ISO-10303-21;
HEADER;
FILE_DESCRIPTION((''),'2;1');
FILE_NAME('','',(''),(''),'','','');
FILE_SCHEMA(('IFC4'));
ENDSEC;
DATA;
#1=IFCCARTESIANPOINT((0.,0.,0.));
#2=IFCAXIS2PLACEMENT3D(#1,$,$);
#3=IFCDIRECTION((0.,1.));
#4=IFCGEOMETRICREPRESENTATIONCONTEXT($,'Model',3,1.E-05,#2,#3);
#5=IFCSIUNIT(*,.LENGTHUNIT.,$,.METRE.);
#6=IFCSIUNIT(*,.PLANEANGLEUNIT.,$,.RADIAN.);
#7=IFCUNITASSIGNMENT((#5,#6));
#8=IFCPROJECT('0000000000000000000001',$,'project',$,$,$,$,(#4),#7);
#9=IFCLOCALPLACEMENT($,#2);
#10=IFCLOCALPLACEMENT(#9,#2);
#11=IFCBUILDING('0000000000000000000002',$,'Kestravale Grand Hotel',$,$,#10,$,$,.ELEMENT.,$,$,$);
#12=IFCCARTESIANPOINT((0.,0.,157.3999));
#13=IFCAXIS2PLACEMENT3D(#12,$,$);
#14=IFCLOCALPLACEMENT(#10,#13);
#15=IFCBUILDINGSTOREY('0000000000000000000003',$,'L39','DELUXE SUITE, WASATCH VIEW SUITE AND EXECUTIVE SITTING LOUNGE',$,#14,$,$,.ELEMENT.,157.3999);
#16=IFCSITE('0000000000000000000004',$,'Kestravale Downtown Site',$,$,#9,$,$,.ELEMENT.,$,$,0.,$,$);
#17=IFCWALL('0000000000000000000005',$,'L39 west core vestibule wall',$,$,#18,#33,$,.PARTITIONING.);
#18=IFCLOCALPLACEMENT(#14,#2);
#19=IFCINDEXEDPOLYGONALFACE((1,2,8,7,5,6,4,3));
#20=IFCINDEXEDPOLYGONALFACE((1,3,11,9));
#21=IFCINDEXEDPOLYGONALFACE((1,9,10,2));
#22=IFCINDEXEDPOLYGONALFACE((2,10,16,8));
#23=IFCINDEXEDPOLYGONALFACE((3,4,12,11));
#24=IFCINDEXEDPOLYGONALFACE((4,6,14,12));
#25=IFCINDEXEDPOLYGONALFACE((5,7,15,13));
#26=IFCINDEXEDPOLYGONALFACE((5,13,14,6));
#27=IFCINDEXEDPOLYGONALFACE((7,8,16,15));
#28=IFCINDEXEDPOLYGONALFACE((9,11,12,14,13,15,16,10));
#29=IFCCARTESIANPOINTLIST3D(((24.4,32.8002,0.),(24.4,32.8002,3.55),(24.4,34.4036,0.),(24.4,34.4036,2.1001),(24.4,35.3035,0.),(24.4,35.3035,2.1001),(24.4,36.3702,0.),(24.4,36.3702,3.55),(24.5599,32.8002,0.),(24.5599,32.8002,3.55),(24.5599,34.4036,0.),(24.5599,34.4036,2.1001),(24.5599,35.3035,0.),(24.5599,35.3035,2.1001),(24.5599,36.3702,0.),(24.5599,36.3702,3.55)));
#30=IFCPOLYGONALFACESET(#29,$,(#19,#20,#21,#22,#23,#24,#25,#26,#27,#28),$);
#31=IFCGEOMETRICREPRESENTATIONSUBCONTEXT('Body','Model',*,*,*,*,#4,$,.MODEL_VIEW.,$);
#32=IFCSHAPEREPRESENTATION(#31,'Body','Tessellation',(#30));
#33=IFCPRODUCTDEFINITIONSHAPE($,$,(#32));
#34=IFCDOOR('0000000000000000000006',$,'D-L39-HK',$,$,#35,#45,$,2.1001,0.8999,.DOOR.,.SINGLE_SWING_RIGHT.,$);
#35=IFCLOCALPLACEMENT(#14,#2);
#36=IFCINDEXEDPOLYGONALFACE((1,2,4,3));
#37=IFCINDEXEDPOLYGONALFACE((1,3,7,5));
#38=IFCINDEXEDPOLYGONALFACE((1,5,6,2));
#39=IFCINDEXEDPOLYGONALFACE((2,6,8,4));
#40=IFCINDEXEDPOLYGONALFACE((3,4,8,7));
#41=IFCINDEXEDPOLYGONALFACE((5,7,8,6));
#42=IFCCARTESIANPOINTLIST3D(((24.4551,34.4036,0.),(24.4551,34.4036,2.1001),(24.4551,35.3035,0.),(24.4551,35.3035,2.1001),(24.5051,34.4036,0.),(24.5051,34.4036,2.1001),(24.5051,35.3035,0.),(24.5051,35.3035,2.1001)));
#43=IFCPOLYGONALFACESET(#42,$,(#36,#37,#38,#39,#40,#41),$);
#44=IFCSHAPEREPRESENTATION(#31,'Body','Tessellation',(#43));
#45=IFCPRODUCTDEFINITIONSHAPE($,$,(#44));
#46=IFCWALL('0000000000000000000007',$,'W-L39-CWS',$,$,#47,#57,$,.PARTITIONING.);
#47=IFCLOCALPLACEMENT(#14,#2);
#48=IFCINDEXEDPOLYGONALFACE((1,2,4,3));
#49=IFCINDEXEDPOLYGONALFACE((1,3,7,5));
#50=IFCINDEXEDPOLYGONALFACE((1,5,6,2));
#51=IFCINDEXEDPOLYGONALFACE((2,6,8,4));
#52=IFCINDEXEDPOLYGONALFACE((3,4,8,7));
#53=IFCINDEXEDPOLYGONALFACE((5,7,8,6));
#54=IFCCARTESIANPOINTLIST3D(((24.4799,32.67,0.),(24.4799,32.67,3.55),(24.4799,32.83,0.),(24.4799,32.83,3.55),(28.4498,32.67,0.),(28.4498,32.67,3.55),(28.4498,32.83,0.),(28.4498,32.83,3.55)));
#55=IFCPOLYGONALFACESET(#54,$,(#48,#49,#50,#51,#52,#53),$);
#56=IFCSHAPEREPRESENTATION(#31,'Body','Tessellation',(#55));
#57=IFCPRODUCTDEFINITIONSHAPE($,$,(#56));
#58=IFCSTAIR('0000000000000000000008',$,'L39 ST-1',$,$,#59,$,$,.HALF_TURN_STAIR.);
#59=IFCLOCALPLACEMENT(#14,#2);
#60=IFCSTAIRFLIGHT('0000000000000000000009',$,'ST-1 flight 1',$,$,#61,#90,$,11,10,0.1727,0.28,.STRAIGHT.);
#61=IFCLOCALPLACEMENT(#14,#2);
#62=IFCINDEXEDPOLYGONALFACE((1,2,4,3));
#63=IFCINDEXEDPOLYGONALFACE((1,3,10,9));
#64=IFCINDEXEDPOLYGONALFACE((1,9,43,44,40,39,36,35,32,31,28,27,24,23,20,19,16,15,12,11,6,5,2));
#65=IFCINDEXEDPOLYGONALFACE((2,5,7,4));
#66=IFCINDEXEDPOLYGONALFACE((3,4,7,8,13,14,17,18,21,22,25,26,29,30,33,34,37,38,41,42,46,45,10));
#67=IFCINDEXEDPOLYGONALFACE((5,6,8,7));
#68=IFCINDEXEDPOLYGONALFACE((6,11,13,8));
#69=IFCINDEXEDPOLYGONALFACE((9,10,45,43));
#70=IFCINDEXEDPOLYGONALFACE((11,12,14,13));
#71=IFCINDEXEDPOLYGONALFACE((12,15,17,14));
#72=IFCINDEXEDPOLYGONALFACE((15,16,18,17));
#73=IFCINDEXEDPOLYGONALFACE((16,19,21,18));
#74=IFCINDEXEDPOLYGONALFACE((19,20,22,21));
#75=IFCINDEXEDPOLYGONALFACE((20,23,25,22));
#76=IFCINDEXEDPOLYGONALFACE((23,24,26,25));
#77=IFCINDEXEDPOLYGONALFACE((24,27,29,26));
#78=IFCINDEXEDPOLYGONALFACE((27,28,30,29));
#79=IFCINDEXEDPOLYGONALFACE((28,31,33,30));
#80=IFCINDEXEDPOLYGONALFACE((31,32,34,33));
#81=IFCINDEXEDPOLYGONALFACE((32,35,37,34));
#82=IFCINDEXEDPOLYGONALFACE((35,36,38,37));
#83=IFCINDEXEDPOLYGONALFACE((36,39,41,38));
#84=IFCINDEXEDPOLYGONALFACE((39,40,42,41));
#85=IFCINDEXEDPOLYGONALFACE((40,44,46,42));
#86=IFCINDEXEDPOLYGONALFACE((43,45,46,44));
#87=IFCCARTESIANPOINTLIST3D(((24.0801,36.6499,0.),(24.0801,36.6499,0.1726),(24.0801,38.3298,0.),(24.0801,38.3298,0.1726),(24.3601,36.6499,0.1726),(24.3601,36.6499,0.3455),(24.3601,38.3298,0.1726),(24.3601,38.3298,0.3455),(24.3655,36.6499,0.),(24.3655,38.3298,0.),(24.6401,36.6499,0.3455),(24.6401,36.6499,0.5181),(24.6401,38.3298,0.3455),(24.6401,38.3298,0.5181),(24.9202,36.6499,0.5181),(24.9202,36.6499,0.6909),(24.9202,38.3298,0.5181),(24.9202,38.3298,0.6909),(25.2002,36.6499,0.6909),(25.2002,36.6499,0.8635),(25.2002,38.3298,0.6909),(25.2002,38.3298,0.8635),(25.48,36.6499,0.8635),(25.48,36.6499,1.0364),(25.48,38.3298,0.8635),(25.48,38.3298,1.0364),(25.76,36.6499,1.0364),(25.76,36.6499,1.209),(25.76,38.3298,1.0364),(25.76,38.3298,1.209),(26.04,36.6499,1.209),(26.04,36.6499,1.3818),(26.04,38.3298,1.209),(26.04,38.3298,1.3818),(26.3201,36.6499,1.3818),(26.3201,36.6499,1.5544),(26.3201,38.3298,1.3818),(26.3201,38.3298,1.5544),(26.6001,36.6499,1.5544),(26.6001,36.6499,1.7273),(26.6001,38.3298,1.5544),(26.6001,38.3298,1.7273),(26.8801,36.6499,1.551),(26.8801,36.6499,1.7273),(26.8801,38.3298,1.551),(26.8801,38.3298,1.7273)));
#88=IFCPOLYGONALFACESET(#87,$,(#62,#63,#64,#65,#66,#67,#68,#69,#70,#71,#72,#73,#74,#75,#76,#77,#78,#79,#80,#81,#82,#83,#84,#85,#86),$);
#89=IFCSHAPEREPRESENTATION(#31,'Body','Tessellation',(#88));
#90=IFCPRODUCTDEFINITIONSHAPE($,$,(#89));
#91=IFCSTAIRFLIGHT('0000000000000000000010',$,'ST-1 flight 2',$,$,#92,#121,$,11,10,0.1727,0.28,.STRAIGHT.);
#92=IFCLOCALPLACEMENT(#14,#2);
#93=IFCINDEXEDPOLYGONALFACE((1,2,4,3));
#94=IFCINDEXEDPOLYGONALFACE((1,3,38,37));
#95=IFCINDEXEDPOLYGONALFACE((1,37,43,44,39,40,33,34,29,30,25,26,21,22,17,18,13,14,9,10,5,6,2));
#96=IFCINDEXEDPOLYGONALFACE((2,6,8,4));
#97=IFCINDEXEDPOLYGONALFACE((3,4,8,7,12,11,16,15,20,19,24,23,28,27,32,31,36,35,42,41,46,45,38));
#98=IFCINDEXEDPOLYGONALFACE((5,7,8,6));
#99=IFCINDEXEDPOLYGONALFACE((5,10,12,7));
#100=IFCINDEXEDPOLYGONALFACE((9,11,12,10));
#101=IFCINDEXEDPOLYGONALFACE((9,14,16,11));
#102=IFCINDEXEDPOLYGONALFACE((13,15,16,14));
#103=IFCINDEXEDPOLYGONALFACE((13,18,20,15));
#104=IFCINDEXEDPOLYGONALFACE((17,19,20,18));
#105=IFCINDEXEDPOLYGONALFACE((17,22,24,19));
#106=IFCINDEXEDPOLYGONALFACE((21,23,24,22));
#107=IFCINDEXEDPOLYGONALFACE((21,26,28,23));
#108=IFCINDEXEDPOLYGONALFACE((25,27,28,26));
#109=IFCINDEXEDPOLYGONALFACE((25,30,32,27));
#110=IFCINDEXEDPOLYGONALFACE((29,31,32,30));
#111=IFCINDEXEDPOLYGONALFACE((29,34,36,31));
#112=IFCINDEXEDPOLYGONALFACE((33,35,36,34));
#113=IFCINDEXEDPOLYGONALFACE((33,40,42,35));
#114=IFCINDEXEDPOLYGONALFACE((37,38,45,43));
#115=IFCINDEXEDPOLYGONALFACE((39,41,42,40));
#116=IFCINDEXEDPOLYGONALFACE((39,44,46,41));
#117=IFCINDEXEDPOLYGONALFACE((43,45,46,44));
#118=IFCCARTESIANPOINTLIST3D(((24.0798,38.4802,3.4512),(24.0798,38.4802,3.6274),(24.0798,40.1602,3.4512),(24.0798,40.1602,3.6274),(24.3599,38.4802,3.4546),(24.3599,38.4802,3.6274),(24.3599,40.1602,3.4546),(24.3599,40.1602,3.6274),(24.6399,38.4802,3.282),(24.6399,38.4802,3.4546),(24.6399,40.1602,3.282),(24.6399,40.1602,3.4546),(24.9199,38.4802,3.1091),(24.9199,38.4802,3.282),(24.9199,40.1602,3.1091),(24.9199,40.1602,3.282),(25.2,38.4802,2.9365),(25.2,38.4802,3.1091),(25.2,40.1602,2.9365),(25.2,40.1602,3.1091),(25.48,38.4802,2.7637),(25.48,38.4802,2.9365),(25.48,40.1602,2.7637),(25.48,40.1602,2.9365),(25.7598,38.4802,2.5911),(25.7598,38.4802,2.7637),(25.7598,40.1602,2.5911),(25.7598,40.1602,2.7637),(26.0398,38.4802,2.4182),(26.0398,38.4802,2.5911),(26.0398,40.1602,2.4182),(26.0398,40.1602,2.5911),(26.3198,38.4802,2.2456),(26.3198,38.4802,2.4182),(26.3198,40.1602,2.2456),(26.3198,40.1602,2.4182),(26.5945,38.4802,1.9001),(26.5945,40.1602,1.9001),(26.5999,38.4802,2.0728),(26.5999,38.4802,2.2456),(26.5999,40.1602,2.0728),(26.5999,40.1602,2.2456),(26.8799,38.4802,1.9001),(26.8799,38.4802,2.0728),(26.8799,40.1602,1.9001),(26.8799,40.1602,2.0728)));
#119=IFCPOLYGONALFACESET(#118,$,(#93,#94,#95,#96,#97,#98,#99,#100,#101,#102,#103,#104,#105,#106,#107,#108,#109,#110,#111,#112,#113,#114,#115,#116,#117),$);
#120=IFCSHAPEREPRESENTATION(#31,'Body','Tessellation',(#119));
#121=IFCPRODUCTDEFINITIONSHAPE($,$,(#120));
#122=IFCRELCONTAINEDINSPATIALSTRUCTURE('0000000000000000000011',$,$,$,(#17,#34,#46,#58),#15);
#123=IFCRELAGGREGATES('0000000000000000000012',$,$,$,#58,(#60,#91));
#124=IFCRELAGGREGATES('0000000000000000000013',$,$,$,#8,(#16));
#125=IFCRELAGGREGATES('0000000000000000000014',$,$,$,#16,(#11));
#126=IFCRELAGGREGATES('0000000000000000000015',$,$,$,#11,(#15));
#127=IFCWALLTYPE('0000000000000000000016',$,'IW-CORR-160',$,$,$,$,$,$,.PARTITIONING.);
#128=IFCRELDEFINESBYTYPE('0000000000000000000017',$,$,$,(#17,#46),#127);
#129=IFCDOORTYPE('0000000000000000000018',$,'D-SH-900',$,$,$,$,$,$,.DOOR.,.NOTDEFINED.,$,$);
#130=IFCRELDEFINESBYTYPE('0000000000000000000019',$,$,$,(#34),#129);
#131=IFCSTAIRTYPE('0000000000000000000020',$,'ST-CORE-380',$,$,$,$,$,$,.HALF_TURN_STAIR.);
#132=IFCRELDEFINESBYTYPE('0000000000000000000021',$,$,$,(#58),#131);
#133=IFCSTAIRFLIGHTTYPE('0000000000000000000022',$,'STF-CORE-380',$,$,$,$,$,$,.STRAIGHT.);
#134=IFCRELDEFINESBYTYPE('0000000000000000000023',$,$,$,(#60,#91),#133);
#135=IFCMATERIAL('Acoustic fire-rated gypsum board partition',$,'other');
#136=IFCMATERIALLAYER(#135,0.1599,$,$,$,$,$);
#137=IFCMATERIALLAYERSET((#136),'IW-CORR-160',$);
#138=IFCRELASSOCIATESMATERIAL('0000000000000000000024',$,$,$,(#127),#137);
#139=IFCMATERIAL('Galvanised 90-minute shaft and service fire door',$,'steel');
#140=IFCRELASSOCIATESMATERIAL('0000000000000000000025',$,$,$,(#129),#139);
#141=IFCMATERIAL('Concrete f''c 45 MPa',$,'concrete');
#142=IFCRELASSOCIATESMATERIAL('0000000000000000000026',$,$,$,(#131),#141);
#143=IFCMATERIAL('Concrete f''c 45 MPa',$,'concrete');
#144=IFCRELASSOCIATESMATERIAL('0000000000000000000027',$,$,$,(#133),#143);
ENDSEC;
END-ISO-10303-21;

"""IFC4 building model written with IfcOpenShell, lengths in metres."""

from ifc_helpers import new_model, si_unit, direction, frame, frame_2d, origin, place, context, subcontext, project, spatial, polyline, rectangle, outline, extrude, material, layer, layer_set, type_object, element, fill, aggregate, save


model = new_model("IFC4")

# Units and contexts
model_context = context("Model", 3, precision=1e-05, world=origin(), true_north=direction((0.0, 1.0)))
body_context = subcontext(model_context, "Body", "Model", "MODEL_VIEW")
ifc_project = project(units=[si_unit("LENGTHUNIT", "METRE"), si_unit("PLANEANGLEUNIT", "RADIAN")], contexts=[model_context])

# Site, building, storey
site_placement = place(None, origin())
site = spatial("IfcSite", under=ifc_project, at=site_placement, Name="Kestravale Downtown Site", CompositionType="ELEMENT", RefElevation=0.0)
building_placement = place(site_placement, origin())
building = spatial("IfcBuilding", under=site, at=building_placement, Name="Kestravale Grand Hotel", CompositionType="ELEMENT")
storey_placement = place(building_placement, frame((0.0, 0.0, 157.3999)))
storey = spatial("IfcBuildingStorey", under=building, at=storey_placement, Name="L39", Description="DELUXE SUITE, WASATCH VIEW SUITE AND EXECUTIVE SITTING LOUNGE", CompositionType="ELEMENT", Elevation=157.3999)

# Wall, opening, door
ifc_material_1 = material(Name="Acoustic fire-rated gypsum board partition", Category="other")
ifc_layer_1 = layer(ifc_material_1, 0.1599)
ifc_layer_set_1 = layer_set([ifc_layer_1], Name="IW-CORR-160")
wall_type_1 = type_object("IfcWallType", Name="IW-CORR-160", PredefinedType="PARTITIONING", material=ifc_layer_set_1)
wall_1_placement = place(storey_placement, frame((24.48, 32.8, 0.0), z_axis=(0.0, 0.0, 1.0), x_axis=(0.0, 1.0, 0.0)))
wall_1 = element("IfcWall", 1, at=wall_1_placement, inside=storey, type_object=wall_type_1, Name="L39 west core vestibule wall", PredefinedType="PARTITIONING", context=body_context, shape_type="SweptSolid", body=[
    extrude(rectangle(XDim=3.5701, YDim=0.1599, at=frame_2d((1.7852, 0.0))), origin(), (0.0, 0.0, 1.0), 3.55),
])
opening_1_placement = place(wall_1_placement, frame((1.6035, 0.0, 0.0)))
opening_1 = element("IfcOpeningElement", 2, at=opening_1_placement, cuts=wall_1, PredefinedType="OPENING", context=body_context, shape_type="SweptSolid", body=[
    extrude(rectangle(XDim=0.8999, YDim=2.1001, at=frame_2d((0.45, 1.05))), frame((0.0, 0.0898, 0.0), z_axis=(0.0, -1.0, 0.0), x_axis=(1.0, 0.0, 0.0)), (0.0, 0.0, 1.0), 0.1799),
])
ifc_material_2 = material(Name="Galvanised 90-minute shaft and service fire door", Category="steel")
door_type_1 = type_object("IfcDoorType", Name="D-SH-900", OperationType="NOTDEFINED", PredefinedType="DOOR", material=ifc_material_2)
door_1_placement = place(opening_1_placement, origin())
door_1 = element("IfcDoor", 3, at=door_1_placement, inside=storey, type_object=door_type_1, Name="D-L39-HK", OperationType="SINGLE_SWING_RIGHT", OverallHeight=2.1001, OverallWidth=0.8999, PredefinedType="DOOR", context=body_context, shape_type="SweptSolid", body=[
    extrude(rectangle(XDim=0.8999, YDim=2.1001, at=frame_2d((0.45, 1.05))), frame((0.0, 0.0249, 0.0), z_axis=(0.0, -1.0, 0.0), x_axis=(1.0, 0.0, 0.0)), (0.0, 0.0, 1.0), 0.05),
])
fill(opening_1, door_1)

# Wall
wall_2_placement = place(storey_placement, frame((24.48, 32.75, 0.0), z_axis=(0.0, 0.0, 1.0), x_axis=(1.0, 0.0, 0.0)))
element("IfcWall", 4, at=wall_2_placement, inside=storey, type_object=wall_type_1, Name="W-L39-CWS", PredefinedType="PARTITIONING", context=body_context, shape_type="SweptSolid", body=[
    extrude(rectangle(XDim=3.97, YDim=0.1599, at=frame_2d((1.9849, 0.0))), origin(), (0.0, 0.0, 1.0), 3.55),
])

# Stair, stair flights
ifc_material_3 = material(Name="Concrete f'c 45 MPa", Category="concrete")
stair_type = type_object("IfcStairType", Name="ST-CORE-380", PredefinedType="HALF_TURN_STAIR", material=ifc_material_3)
stair_placement = place(storey_placement, origin())
stair = element("IfcStair", 5, at=stair_placement, inside=storey, type_object=stair_type, Name="L39 ST-1", PredefinedType="HALF_TURN_STAIR")
ifc_material_4 = material(Name="Concrete f'c 45 MPa", Category="concrete")
stair_flight_type = type_object("IfcStairFlightType", Name="STF-CORE-380", PredefinedType="STRAIGHT", material=ifc_material_4)
stair_flight_1_placement = place(storey_placement, frame((24.0801, 37.49, 0.0), z_axis=(0.0, 0.0, 1.0), x_axis=(1.0, 0.0, 0.0)))
stair_flight_1 = element("IfcStairFlight", 6, at=stair_flight_1_placement, type_object=stair_flight_type, Name="ST-1 flight 1", NumberOfRisers=11, NumberOfTreads=10, PredefinedType="STRAIGHT", RiserHeight=0.1727, TreadLength=0.28, context=body_context, shape_type="SweptSolid", body=[
    extrude(outline(polyline([(0.0, 0.0), (0.0, 0.1726), (0.28, 0.1726), (0.28, 0.3455), (0.5601, 0.3455), (0.5601, 0.5181), (0.8401, 0.5181), (0.8401, 0.6909), (1.1201, 0.6909), (1.1201, 0.8635), (1.3999, 0.8635), (1.3999, 1.0364), (1.6799, 1.0364), (1.6799, 1.209), (1.96, 1.209), (1.96, 1.3818), (2.24, 1.3818), (2.24, 1.5544), (2.52, 1.5544), (2.52, 1.7273), (2.8, 1.7273), (2.8, 1.8999), (2.8, 1.551), (0.2854, 0.0), (0.0, 0.0)])), frame((0.0, 0.8398, 0.0), z_axis=(0.0, -1.0, 0.0), x_axis=(1.0, 0.0, 0.0)), (0.0, 0.0, 1.0), 1.6799),
])
stair_flight_2_placement = place(storey_placement, frame((26.8799, 39.3201, 1.9001), z_axis=(0.0, 0.0, 1.0), x_axis=(-1.0, 0.0, 0.0)))
stair_flight_2 = element("IfcStairFlight", 7, at=stair_flight_2_placement, type_object=stair_flight_type, Name="ST-1 flight 2", NumberOfRisers=11, NumberOfTreads=10, PredefinedType="STRAIGHT", RiserHeight=0.1727, TreadLength=0.28, context=body_context, shape_type="SweptSolid", body=[
    extrude(outline(polyline([(0.0, 0.0), (0.0, 0.1726), (0.28, 0.1726), (0.28, 0.3455), (0.5601, 0.3455), (0.5601, 0.5181), (0.8401, 0.5181), (0.8401, 0.6909), (1.1201, 0.6909), (1.1201, 0.8635), (1.3999, 0.8635), (1.3999, 1.0364), (1.6799, 1.0364), (1.6799, 1.209), (1.96, 1.209), (1.96, 1.3818), (2.24, 1.3818), (2.24, 1.5544), (2.52, 1.5544), (2.52, 1.7273), (2.8, 1.7273), (2.8, 1.8999), (2.8, 1.551), (0.2854, 0.0), (0.0, 0.0)])), frame((0.0, 0.8398, 0.0), z_axis=(0.0, -1.0, 0.0), x_axis=(1.0, 0.0, 0.0)), (0.0, 0.0, 1.0), 1.6799),
])
aggregate(stair, [stair_flight_1, stair_flight_2])

save(model, "model.ifc")
